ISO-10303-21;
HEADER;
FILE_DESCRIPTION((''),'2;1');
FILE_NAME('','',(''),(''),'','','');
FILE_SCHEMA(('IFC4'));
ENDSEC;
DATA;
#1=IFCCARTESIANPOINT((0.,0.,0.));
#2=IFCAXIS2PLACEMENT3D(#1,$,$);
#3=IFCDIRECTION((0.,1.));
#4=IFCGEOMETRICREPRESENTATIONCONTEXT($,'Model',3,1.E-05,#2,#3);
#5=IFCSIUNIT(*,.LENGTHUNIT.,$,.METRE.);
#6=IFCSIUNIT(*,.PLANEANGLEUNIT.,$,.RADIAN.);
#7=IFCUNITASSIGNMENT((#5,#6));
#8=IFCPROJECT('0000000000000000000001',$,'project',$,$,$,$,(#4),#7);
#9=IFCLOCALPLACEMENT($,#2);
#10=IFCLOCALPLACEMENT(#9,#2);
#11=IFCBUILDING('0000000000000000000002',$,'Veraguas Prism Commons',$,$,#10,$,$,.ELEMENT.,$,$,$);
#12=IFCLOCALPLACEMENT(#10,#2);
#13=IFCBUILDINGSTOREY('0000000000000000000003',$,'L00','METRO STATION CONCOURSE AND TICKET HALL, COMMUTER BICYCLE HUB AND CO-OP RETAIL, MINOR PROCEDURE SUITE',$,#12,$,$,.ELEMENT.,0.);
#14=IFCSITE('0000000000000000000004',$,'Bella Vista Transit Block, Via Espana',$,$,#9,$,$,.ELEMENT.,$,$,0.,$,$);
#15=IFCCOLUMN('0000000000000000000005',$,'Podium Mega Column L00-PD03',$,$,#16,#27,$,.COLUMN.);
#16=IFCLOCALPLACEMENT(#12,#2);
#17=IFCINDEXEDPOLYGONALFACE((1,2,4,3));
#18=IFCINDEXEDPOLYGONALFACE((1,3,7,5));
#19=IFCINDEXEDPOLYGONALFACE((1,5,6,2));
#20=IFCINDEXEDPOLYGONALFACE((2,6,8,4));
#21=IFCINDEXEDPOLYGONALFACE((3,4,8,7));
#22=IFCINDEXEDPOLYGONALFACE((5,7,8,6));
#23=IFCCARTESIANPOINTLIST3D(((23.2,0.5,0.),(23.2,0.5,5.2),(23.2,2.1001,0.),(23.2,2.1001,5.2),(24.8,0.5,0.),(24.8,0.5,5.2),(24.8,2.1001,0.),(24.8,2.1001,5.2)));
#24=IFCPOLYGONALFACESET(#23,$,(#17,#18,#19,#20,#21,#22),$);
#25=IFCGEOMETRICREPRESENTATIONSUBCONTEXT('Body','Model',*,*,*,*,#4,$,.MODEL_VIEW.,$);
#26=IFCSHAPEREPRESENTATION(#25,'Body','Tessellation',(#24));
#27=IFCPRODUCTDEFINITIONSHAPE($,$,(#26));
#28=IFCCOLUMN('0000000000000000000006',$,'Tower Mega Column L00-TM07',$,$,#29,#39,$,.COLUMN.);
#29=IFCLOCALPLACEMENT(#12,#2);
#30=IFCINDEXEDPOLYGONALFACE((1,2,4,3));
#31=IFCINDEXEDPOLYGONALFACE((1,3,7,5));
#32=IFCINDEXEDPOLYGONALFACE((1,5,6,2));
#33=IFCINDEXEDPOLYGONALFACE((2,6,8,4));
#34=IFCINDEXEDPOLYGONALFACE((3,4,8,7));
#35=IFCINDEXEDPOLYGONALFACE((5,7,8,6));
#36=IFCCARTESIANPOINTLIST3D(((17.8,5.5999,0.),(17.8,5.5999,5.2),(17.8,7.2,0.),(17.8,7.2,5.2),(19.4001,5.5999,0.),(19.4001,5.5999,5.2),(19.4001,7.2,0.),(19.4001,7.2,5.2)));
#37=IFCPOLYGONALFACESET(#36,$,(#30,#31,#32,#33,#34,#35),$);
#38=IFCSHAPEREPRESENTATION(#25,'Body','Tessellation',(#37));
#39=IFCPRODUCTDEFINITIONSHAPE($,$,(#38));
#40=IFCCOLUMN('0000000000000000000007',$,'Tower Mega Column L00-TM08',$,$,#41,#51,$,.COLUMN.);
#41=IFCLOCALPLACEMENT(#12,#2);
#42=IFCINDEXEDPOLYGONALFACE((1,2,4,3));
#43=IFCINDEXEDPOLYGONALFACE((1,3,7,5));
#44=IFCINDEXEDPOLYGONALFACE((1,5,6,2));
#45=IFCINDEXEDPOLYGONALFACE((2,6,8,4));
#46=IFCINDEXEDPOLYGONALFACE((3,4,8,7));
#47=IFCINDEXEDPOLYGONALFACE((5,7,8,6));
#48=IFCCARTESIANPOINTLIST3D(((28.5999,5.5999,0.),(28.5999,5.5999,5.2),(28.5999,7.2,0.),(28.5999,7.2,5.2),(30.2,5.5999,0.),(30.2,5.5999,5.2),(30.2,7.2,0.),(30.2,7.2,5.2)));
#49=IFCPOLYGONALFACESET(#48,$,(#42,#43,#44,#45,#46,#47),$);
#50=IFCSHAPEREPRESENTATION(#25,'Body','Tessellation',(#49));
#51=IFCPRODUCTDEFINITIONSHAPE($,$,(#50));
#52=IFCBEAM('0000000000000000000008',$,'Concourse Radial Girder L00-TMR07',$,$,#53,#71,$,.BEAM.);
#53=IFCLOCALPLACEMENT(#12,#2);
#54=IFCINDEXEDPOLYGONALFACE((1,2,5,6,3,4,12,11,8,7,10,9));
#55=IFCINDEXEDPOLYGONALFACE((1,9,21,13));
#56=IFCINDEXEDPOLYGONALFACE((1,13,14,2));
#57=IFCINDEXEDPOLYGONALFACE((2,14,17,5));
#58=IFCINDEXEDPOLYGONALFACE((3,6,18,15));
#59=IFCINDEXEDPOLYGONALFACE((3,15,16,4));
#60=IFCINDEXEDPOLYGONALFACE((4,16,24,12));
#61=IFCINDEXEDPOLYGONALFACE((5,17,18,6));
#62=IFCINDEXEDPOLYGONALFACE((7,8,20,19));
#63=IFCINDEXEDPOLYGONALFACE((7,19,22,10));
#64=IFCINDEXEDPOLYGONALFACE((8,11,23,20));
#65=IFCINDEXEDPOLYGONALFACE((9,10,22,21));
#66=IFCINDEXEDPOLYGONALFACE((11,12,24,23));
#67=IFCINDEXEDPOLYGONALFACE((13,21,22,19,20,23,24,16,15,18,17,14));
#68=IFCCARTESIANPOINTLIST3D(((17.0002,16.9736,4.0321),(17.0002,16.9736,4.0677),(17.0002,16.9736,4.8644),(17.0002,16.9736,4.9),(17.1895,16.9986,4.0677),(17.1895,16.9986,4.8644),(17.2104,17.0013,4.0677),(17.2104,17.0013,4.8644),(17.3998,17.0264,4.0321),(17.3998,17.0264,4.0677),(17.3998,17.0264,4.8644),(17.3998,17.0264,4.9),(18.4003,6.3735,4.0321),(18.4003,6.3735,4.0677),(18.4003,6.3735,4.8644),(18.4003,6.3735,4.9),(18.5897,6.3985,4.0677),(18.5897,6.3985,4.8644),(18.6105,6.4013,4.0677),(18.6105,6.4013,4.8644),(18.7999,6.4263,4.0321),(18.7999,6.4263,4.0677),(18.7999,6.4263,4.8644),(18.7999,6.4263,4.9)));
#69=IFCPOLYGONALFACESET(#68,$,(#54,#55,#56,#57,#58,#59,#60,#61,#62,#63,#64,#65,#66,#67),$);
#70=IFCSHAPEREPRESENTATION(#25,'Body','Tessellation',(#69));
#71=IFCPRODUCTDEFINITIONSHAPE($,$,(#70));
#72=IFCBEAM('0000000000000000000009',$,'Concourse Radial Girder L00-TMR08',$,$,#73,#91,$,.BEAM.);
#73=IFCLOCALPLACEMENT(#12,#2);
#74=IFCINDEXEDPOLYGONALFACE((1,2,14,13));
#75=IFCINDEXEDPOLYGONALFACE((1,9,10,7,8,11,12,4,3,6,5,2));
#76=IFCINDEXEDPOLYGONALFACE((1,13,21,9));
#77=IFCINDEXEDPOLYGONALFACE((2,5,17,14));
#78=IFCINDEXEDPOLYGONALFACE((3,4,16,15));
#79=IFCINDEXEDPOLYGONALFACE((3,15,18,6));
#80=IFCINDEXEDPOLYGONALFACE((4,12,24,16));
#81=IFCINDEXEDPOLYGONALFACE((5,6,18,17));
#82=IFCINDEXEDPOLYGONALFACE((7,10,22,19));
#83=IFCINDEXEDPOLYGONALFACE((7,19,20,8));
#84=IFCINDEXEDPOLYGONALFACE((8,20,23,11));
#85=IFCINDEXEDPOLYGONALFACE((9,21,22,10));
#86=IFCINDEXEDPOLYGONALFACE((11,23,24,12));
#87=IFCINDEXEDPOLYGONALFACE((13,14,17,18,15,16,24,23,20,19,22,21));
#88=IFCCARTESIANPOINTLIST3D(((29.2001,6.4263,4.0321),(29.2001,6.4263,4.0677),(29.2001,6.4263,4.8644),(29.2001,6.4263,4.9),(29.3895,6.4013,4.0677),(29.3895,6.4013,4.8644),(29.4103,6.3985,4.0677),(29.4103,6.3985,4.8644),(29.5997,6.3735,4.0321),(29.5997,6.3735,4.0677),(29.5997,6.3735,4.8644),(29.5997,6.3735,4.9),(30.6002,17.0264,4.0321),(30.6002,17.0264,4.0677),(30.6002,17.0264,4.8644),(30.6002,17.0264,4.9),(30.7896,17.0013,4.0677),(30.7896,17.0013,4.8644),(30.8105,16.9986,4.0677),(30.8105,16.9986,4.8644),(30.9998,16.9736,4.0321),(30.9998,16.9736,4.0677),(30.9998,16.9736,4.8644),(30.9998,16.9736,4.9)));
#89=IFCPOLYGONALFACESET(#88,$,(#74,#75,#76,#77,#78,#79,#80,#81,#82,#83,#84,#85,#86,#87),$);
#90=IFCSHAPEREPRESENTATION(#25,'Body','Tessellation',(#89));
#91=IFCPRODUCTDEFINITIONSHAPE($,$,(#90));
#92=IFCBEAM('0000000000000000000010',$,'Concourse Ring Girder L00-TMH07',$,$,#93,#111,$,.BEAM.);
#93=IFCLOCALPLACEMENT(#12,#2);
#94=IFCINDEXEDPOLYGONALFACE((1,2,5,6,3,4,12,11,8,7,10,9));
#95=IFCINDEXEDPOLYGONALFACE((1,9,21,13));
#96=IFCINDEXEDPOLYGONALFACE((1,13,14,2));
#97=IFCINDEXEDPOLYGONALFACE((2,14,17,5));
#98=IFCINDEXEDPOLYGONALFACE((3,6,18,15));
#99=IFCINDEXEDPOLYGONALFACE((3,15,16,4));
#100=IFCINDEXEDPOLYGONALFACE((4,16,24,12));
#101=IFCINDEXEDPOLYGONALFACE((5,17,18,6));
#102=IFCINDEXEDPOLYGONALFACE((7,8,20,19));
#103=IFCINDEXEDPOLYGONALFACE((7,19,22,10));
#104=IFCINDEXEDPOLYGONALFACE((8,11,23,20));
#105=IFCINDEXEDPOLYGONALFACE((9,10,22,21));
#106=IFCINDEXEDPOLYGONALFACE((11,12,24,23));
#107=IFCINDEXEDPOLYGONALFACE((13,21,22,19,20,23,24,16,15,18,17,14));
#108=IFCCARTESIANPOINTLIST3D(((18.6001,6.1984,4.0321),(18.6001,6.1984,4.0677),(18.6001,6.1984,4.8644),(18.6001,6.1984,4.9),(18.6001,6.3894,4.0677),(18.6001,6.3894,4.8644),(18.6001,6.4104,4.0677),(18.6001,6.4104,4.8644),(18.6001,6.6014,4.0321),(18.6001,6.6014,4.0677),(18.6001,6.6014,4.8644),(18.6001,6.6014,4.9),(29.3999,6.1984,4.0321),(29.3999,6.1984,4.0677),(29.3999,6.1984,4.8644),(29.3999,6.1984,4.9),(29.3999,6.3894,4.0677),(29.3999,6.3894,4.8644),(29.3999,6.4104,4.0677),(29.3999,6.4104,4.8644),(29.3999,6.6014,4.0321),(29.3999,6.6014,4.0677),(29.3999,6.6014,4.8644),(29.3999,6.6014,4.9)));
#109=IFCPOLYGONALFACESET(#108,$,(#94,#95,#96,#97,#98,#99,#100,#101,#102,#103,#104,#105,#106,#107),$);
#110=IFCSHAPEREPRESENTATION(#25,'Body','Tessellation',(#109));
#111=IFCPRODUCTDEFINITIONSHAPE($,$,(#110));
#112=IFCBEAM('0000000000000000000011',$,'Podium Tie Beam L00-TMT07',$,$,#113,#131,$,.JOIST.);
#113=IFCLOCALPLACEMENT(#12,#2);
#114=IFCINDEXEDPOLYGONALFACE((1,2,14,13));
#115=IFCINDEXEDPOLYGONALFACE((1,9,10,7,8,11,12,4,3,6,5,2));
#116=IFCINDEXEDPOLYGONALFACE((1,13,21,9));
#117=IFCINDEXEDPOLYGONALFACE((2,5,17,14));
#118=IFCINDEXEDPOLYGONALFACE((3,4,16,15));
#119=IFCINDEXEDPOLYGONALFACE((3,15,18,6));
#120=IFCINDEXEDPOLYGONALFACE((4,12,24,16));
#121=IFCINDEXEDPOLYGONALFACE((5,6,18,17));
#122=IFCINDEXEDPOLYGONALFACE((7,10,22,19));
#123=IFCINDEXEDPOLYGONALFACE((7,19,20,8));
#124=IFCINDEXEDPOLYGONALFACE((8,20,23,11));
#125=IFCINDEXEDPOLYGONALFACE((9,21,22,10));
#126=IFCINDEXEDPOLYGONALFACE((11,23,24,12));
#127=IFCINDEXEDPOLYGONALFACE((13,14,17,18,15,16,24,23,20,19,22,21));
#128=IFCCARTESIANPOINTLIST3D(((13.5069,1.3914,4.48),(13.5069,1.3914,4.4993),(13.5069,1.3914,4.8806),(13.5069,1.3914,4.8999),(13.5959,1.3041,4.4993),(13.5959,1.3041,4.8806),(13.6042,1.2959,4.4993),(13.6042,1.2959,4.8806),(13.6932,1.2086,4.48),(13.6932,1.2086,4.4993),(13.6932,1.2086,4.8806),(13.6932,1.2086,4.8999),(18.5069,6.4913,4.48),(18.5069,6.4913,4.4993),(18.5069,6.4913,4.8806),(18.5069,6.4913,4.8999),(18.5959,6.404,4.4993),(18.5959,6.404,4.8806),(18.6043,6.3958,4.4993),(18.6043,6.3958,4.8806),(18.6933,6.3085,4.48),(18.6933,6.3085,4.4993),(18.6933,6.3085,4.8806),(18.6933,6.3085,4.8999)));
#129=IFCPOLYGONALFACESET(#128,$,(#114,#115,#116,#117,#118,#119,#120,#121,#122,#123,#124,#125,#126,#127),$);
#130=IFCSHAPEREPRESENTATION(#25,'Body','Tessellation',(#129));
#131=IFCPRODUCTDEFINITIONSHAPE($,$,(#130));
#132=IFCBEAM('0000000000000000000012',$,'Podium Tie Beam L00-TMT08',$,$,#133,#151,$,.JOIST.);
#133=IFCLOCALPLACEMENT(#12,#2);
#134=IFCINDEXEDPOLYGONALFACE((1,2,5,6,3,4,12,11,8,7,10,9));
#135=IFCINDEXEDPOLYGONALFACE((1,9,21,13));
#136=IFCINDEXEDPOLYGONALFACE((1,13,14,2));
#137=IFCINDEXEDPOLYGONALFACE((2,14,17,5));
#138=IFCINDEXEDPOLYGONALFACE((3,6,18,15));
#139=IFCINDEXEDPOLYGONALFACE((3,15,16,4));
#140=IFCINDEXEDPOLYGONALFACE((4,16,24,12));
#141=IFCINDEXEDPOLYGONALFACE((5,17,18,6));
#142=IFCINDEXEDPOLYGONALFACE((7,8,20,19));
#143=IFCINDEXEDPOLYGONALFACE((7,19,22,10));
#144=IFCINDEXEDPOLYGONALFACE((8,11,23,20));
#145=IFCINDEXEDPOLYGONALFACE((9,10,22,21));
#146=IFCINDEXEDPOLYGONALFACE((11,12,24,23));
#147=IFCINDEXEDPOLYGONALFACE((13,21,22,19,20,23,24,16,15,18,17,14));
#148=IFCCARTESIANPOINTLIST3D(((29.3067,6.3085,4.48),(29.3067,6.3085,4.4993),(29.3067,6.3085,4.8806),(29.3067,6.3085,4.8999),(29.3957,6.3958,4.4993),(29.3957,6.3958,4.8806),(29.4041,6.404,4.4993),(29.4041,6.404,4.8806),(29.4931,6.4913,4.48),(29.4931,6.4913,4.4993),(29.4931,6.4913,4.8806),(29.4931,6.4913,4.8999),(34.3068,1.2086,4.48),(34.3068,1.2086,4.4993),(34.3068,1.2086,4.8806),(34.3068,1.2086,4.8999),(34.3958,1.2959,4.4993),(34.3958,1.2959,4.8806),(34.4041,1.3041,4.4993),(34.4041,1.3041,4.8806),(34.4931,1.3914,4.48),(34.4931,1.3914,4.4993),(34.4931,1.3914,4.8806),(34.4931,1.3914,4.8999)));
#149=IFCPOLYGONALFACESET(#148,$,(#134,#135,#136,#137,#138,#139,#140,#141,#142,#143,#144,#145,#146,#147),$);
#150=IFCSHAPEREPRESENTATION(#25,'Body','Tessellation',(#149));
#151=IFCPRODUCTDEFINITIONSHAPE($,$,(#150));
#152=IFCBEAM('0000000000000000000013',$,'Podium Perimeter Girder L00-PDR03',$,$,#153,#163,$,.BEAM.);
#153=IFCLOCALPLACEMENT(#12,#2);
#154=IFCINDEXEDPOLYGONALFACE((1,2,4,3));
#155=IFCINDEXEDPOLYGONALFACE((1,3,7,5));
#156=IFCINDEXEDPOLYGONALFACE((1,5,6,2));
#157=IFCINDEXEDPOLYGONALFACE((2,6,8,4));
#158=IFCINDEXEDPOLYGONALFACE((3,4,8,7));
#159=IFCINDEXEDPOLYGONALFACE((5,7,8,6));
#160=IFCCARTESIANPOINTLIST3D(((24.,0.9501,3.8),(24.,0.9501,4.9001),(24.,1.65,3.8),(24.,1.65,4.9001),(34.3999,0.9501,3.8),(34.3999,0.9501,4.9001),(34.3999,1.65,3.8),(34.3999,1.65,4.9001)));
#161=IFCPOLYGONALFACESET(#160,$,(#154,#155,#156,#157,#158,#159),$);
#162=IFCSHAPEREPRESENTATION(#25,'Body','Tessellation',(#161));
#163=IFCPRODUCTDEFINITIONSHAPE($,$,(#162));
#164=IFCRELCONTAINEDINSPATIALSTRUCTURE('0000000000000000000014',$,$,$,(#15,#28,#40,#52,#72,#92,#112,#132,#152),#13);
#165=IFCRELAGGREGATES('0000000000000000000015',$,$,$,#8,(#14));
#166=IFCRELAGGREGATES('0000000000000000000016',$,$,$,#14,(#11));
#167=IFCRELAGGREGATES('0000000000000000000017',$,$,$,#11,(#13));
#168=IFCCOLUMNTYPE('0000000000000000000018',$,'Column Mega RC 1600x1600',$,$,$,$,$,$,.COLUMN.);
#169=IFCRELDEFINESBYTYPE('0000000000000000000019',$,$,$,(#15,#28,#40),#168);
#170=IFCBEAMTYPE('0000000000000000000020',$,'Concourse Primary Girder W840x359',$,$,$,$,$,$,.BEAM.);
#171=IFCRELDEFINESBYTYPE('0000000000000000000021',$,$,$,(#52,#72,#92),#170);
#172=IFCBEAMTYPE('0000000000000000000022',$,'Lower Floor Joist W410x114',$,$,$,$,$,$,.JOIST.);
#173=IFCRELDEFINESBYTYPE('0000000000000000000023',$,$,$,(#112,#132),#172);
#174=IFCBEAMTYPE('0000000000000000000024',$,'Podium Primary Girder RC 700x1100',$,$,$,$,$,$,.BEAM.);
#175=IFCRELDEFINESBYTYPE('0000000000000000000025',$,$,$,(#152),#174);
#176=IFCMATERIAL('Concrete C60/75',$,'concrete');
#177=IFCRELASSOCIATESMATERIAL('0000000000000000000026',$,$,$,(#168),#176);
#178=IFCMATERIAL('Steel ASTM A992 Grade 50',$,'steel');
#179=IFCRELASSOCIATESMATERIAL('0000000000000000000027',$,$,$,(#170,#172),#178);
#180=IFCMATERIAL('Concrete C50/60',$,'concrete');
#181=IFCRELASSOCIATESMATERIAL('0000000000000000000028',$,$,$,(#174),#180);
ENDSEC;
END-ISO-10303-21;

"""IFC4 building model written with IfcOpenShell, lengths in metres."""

from ifc_helpers import new_model, si_unit, direction, frame, origin, origin_2d, place, context, subcontext, project, spatial, rectangle, i_section, extrude, material, material_profile, profile_set, type_object, element, save


model = new_model("IFC4")

# Units and contexts
model_context = context("Model", 3, precision=1e-05, world=origin(), true_north=direction((0.0, 1.0)))
body_context = subcontext(model_context, "Body", "Model", "MODEL_VIEW")
ifc_project = project(units=[si_unit("LENGTHUNIT", "METRE"), si_unit("PLANEANGLEUNIT", "RADIAN")], contexts=[model_context])

# Site, building, storey
site_placement = place(None, origin())
site = spatial("IfcSite", under=ifc_project, at=site_placement, Name="Bella Vista Transit Block, Via Espana", CompositionType="ELEMENT", RefElevation=0.0)
building_placement = place(site_placement, origin())
building = spatial("IfcBuilding", under=site, at=building_placement, Name="Veraguas Prism Commons", CompositionType="ELEMENT")
storey_placement = place(building_placement, origin())
storey = spatial("IfcBuildingStorey", under=building, at=storey_placement, Name="L00", Description="METRO STATION CONCOURSE AND TICKET HALL, COMMUTER BICYCLE HUB AND CO-OP RETAIL, MINOR PROCEDURE SUITE", CompositionType="ELEMENT", Elevation=0.0)

# Columns
ifc_material_1 = material(Name="Concrete C60/75", Category="concrete")
ifc_material_profile_1 = material_profile(ifc_material_1, rectangle(XDim=1.6001, YDim=1.6001, at=origin_2d()), Name="RC1600X1600")
ifc_profile_set_1 = profile_set([ifc_material_profile_1], Name="Concrete C60/75")
column_type = type_object("IfcColumnType", Name="Column Mega RC 1600x1600", PredefinedType="COLUMN", material=ifc_profile_set_1)
for number, where, z_axis, x_axis, name in (
    (1, (24.0, 1.3, 0.0), (0.0, 0.0, 1.0), (1.0, 0.0, 0.0), "Podium Mega Column L00-PD03"),
    (2, (18.6001, 6.3999, 0.0), (0.0, 0.0, 1.0), (1.0, 0.0, 0.0), "Tower Mega Column L00-TM07"),
    (3, (29.3999, 6.3999, 0.0), (0.0, 0.0, 1.0), (1.0, 0.0, 0.0), "Tower Mega Column L00-TM08"),
):
    element("IfcColumn", number, at=place(storey_placement, frame(where, z_axis=z_axis, x_axis=x_axis)), inside=storey, type_object=column_type, Name=name, PredefinedType="COLUMN", context=body_context, shape_type="SweptSolid", body=[
        extrude(rectangle(XDim=1.6001, YDim=1.6001, at=origin_2d()), origin(), (0.0, 0.0, 1.0), 5.2),
    ])

# Beams
ifc_material_2 = material(Name="Steel ASTM A992 Grade 50", Category="steel")
ifc_material_profile_2 = material_profile(ifc_material_2, i_section(OverallWidth=0.4031, OverallDepth=0.8679, WebThickness=0.021, FlangeThickness=0.0356, at=origin_2d()), Name="W840X359")
ifc_profile_set_2 = profile_set([ifc_material_profile_2], Name="Steel ASTM A992 Grade 50")
beam_type_1 = type_object("IfcBeamType", Name="Concourse Primary Girder W840x359", PredefinedType="BEAM", material=ifc_profile_set_2)
for number, where, z_axis, x_axis, name in (
    (4, (18.6001, 6.3999, 4.4661), (-0.130951, 0.991389, 0.0), (-0.991389, -0.130951, 0.0), "Concourse Radial Girder L00-TMR07"),
    (5, (29.3999, 6.3999, 4.4661), (0.130951, 0.991389, 0.0), (-0.991389, 0.130951, 0.0), "Concourse Radial Girder L00-TMR08"),
):
    element("IfcBeam", number, at=place(storey_placement, frame(where, z_axis=z_axis, x_axis=x_axis)), inside=storey, type_object=beam_type_1, Name=name, PredefinedType="BEAM", context=body_context, shape_type="SweptSolid", body=[
        extrude(i_section(OverallWidth=0.4031, OverallDepth=0.8679, WebThickness=0.021, FlangeThickness=0.0356, at=origin_2d()), origin(), (0.0, 0.0, 1.0), 10.6921),
    ])
beam_1_placement = place(storey_placement, frame((18.6001, 6.3999, 4.4661), z_axis=(1.0, 0.0, 0.0), x_axis=(0.0, 1.0, 0.0)))
element("IfcBeam", 6, at=beam_1_placement, inside=storey, type_object=beam_type_1, Name="Concourse Ring Girder L00-TMH07", PredefinedType="BEAM", context=body_context, shape_type="SweptSolid", body=[
    extrude(i_section(OverallWidth=0.4031, OverallDepth=0.8679, WebThickness=0.021, FlangeThickness=0.0356, at=origin_2d()), origin(), (0.0, 0.0, 1.0), 10.7998),
])
ifc_material_profile_3 = material_profile(ifc_material_2, i_section(OverallWidth=0.261, OverallDepth=0.4199, WebThickness=0.0117, FlangeThickness=0.0193, at=origin_2d()), Name="W410X114")
ifc_profile_set_3 = profile_set([ifc_material_profile_3], Name="Steel ASTM A992 Grade 50")
beam_type_2 = type_object("IfcBeamType", Name="Lower Floor Joist W410x114", PredefinedType="JOIST", material=ifc_profile_set_3)
for number, where, z_axis, x_axis, name in (
    (7, (18.6001, 6.3999, 4.6899), (-0.700082, -0.714063, 0.0), (0.714063, -0.700082, 0.0), "Podium Tie Beam L00-TMT07"),
    (8, (29.3999, 6.3999, 4.6899), (0.700082, -0.714063, 0.0), (0.714063, 0.700082, 0.0), "Podium Tie Beam L00-TMT08"),
):
    element("IfcBeam", number, at=place(storey_placement, frame(where, z_axis=z_axis, x_axis=x_axis)), inside=storey, type_object=beam_type_2, Name=name, PredefinedType="JOIST", context=body_context, shape_type="SweptSolid", body=[
        extrude(i_section(OverallWidth=0.261, OverallDepth=0.4199, WebThickness=0.0117, FlangeThickness=0.0193, at=origin_2d()), origin(), (0.0, 0.0, 1.0), 7.1421),
    ])
ifc_material_3 = material(Name="Concrete C50/60", Category="concrete")
ifc_material_profile_4 = material_profile(ifc_material_3, rectangle(XDim=0.7, YDim=1.1001, at=origin_2d()), Name="RC700X1100")
ifc_profile_set_4 = profile_set([ifc_material_profile_4], Name="Concrete C50/60")
beam_type_3 = type_object("IfcBeamType", Name="Podium Primary Girder RC 700x1100", PredefinedType="BEAM", material=ifc_profile_set_4)
beam_2_placement = place(storey_placement, frame((24.0, 1.3, 4.3501), z_axis=(1.0, 0.0, 0.0), x_axis=(0.0, 1.0, 0.0)))
element("IfcBeam", 9, at=beam_2_placement, inside=storey, type_object=beam_type_3, Name="Podium Perimeter Girder L00-PDR03", PredefinedType="BEAM", context=body_context, shape_type="SweptSolid", body=[
    extrude(rectangle(XDim=0.7, YDim=1.1001, at=origin_2d()), origin(), (0.0, 0.0, 1.0), 10.3999),
])

save(model, "model.ifc")
